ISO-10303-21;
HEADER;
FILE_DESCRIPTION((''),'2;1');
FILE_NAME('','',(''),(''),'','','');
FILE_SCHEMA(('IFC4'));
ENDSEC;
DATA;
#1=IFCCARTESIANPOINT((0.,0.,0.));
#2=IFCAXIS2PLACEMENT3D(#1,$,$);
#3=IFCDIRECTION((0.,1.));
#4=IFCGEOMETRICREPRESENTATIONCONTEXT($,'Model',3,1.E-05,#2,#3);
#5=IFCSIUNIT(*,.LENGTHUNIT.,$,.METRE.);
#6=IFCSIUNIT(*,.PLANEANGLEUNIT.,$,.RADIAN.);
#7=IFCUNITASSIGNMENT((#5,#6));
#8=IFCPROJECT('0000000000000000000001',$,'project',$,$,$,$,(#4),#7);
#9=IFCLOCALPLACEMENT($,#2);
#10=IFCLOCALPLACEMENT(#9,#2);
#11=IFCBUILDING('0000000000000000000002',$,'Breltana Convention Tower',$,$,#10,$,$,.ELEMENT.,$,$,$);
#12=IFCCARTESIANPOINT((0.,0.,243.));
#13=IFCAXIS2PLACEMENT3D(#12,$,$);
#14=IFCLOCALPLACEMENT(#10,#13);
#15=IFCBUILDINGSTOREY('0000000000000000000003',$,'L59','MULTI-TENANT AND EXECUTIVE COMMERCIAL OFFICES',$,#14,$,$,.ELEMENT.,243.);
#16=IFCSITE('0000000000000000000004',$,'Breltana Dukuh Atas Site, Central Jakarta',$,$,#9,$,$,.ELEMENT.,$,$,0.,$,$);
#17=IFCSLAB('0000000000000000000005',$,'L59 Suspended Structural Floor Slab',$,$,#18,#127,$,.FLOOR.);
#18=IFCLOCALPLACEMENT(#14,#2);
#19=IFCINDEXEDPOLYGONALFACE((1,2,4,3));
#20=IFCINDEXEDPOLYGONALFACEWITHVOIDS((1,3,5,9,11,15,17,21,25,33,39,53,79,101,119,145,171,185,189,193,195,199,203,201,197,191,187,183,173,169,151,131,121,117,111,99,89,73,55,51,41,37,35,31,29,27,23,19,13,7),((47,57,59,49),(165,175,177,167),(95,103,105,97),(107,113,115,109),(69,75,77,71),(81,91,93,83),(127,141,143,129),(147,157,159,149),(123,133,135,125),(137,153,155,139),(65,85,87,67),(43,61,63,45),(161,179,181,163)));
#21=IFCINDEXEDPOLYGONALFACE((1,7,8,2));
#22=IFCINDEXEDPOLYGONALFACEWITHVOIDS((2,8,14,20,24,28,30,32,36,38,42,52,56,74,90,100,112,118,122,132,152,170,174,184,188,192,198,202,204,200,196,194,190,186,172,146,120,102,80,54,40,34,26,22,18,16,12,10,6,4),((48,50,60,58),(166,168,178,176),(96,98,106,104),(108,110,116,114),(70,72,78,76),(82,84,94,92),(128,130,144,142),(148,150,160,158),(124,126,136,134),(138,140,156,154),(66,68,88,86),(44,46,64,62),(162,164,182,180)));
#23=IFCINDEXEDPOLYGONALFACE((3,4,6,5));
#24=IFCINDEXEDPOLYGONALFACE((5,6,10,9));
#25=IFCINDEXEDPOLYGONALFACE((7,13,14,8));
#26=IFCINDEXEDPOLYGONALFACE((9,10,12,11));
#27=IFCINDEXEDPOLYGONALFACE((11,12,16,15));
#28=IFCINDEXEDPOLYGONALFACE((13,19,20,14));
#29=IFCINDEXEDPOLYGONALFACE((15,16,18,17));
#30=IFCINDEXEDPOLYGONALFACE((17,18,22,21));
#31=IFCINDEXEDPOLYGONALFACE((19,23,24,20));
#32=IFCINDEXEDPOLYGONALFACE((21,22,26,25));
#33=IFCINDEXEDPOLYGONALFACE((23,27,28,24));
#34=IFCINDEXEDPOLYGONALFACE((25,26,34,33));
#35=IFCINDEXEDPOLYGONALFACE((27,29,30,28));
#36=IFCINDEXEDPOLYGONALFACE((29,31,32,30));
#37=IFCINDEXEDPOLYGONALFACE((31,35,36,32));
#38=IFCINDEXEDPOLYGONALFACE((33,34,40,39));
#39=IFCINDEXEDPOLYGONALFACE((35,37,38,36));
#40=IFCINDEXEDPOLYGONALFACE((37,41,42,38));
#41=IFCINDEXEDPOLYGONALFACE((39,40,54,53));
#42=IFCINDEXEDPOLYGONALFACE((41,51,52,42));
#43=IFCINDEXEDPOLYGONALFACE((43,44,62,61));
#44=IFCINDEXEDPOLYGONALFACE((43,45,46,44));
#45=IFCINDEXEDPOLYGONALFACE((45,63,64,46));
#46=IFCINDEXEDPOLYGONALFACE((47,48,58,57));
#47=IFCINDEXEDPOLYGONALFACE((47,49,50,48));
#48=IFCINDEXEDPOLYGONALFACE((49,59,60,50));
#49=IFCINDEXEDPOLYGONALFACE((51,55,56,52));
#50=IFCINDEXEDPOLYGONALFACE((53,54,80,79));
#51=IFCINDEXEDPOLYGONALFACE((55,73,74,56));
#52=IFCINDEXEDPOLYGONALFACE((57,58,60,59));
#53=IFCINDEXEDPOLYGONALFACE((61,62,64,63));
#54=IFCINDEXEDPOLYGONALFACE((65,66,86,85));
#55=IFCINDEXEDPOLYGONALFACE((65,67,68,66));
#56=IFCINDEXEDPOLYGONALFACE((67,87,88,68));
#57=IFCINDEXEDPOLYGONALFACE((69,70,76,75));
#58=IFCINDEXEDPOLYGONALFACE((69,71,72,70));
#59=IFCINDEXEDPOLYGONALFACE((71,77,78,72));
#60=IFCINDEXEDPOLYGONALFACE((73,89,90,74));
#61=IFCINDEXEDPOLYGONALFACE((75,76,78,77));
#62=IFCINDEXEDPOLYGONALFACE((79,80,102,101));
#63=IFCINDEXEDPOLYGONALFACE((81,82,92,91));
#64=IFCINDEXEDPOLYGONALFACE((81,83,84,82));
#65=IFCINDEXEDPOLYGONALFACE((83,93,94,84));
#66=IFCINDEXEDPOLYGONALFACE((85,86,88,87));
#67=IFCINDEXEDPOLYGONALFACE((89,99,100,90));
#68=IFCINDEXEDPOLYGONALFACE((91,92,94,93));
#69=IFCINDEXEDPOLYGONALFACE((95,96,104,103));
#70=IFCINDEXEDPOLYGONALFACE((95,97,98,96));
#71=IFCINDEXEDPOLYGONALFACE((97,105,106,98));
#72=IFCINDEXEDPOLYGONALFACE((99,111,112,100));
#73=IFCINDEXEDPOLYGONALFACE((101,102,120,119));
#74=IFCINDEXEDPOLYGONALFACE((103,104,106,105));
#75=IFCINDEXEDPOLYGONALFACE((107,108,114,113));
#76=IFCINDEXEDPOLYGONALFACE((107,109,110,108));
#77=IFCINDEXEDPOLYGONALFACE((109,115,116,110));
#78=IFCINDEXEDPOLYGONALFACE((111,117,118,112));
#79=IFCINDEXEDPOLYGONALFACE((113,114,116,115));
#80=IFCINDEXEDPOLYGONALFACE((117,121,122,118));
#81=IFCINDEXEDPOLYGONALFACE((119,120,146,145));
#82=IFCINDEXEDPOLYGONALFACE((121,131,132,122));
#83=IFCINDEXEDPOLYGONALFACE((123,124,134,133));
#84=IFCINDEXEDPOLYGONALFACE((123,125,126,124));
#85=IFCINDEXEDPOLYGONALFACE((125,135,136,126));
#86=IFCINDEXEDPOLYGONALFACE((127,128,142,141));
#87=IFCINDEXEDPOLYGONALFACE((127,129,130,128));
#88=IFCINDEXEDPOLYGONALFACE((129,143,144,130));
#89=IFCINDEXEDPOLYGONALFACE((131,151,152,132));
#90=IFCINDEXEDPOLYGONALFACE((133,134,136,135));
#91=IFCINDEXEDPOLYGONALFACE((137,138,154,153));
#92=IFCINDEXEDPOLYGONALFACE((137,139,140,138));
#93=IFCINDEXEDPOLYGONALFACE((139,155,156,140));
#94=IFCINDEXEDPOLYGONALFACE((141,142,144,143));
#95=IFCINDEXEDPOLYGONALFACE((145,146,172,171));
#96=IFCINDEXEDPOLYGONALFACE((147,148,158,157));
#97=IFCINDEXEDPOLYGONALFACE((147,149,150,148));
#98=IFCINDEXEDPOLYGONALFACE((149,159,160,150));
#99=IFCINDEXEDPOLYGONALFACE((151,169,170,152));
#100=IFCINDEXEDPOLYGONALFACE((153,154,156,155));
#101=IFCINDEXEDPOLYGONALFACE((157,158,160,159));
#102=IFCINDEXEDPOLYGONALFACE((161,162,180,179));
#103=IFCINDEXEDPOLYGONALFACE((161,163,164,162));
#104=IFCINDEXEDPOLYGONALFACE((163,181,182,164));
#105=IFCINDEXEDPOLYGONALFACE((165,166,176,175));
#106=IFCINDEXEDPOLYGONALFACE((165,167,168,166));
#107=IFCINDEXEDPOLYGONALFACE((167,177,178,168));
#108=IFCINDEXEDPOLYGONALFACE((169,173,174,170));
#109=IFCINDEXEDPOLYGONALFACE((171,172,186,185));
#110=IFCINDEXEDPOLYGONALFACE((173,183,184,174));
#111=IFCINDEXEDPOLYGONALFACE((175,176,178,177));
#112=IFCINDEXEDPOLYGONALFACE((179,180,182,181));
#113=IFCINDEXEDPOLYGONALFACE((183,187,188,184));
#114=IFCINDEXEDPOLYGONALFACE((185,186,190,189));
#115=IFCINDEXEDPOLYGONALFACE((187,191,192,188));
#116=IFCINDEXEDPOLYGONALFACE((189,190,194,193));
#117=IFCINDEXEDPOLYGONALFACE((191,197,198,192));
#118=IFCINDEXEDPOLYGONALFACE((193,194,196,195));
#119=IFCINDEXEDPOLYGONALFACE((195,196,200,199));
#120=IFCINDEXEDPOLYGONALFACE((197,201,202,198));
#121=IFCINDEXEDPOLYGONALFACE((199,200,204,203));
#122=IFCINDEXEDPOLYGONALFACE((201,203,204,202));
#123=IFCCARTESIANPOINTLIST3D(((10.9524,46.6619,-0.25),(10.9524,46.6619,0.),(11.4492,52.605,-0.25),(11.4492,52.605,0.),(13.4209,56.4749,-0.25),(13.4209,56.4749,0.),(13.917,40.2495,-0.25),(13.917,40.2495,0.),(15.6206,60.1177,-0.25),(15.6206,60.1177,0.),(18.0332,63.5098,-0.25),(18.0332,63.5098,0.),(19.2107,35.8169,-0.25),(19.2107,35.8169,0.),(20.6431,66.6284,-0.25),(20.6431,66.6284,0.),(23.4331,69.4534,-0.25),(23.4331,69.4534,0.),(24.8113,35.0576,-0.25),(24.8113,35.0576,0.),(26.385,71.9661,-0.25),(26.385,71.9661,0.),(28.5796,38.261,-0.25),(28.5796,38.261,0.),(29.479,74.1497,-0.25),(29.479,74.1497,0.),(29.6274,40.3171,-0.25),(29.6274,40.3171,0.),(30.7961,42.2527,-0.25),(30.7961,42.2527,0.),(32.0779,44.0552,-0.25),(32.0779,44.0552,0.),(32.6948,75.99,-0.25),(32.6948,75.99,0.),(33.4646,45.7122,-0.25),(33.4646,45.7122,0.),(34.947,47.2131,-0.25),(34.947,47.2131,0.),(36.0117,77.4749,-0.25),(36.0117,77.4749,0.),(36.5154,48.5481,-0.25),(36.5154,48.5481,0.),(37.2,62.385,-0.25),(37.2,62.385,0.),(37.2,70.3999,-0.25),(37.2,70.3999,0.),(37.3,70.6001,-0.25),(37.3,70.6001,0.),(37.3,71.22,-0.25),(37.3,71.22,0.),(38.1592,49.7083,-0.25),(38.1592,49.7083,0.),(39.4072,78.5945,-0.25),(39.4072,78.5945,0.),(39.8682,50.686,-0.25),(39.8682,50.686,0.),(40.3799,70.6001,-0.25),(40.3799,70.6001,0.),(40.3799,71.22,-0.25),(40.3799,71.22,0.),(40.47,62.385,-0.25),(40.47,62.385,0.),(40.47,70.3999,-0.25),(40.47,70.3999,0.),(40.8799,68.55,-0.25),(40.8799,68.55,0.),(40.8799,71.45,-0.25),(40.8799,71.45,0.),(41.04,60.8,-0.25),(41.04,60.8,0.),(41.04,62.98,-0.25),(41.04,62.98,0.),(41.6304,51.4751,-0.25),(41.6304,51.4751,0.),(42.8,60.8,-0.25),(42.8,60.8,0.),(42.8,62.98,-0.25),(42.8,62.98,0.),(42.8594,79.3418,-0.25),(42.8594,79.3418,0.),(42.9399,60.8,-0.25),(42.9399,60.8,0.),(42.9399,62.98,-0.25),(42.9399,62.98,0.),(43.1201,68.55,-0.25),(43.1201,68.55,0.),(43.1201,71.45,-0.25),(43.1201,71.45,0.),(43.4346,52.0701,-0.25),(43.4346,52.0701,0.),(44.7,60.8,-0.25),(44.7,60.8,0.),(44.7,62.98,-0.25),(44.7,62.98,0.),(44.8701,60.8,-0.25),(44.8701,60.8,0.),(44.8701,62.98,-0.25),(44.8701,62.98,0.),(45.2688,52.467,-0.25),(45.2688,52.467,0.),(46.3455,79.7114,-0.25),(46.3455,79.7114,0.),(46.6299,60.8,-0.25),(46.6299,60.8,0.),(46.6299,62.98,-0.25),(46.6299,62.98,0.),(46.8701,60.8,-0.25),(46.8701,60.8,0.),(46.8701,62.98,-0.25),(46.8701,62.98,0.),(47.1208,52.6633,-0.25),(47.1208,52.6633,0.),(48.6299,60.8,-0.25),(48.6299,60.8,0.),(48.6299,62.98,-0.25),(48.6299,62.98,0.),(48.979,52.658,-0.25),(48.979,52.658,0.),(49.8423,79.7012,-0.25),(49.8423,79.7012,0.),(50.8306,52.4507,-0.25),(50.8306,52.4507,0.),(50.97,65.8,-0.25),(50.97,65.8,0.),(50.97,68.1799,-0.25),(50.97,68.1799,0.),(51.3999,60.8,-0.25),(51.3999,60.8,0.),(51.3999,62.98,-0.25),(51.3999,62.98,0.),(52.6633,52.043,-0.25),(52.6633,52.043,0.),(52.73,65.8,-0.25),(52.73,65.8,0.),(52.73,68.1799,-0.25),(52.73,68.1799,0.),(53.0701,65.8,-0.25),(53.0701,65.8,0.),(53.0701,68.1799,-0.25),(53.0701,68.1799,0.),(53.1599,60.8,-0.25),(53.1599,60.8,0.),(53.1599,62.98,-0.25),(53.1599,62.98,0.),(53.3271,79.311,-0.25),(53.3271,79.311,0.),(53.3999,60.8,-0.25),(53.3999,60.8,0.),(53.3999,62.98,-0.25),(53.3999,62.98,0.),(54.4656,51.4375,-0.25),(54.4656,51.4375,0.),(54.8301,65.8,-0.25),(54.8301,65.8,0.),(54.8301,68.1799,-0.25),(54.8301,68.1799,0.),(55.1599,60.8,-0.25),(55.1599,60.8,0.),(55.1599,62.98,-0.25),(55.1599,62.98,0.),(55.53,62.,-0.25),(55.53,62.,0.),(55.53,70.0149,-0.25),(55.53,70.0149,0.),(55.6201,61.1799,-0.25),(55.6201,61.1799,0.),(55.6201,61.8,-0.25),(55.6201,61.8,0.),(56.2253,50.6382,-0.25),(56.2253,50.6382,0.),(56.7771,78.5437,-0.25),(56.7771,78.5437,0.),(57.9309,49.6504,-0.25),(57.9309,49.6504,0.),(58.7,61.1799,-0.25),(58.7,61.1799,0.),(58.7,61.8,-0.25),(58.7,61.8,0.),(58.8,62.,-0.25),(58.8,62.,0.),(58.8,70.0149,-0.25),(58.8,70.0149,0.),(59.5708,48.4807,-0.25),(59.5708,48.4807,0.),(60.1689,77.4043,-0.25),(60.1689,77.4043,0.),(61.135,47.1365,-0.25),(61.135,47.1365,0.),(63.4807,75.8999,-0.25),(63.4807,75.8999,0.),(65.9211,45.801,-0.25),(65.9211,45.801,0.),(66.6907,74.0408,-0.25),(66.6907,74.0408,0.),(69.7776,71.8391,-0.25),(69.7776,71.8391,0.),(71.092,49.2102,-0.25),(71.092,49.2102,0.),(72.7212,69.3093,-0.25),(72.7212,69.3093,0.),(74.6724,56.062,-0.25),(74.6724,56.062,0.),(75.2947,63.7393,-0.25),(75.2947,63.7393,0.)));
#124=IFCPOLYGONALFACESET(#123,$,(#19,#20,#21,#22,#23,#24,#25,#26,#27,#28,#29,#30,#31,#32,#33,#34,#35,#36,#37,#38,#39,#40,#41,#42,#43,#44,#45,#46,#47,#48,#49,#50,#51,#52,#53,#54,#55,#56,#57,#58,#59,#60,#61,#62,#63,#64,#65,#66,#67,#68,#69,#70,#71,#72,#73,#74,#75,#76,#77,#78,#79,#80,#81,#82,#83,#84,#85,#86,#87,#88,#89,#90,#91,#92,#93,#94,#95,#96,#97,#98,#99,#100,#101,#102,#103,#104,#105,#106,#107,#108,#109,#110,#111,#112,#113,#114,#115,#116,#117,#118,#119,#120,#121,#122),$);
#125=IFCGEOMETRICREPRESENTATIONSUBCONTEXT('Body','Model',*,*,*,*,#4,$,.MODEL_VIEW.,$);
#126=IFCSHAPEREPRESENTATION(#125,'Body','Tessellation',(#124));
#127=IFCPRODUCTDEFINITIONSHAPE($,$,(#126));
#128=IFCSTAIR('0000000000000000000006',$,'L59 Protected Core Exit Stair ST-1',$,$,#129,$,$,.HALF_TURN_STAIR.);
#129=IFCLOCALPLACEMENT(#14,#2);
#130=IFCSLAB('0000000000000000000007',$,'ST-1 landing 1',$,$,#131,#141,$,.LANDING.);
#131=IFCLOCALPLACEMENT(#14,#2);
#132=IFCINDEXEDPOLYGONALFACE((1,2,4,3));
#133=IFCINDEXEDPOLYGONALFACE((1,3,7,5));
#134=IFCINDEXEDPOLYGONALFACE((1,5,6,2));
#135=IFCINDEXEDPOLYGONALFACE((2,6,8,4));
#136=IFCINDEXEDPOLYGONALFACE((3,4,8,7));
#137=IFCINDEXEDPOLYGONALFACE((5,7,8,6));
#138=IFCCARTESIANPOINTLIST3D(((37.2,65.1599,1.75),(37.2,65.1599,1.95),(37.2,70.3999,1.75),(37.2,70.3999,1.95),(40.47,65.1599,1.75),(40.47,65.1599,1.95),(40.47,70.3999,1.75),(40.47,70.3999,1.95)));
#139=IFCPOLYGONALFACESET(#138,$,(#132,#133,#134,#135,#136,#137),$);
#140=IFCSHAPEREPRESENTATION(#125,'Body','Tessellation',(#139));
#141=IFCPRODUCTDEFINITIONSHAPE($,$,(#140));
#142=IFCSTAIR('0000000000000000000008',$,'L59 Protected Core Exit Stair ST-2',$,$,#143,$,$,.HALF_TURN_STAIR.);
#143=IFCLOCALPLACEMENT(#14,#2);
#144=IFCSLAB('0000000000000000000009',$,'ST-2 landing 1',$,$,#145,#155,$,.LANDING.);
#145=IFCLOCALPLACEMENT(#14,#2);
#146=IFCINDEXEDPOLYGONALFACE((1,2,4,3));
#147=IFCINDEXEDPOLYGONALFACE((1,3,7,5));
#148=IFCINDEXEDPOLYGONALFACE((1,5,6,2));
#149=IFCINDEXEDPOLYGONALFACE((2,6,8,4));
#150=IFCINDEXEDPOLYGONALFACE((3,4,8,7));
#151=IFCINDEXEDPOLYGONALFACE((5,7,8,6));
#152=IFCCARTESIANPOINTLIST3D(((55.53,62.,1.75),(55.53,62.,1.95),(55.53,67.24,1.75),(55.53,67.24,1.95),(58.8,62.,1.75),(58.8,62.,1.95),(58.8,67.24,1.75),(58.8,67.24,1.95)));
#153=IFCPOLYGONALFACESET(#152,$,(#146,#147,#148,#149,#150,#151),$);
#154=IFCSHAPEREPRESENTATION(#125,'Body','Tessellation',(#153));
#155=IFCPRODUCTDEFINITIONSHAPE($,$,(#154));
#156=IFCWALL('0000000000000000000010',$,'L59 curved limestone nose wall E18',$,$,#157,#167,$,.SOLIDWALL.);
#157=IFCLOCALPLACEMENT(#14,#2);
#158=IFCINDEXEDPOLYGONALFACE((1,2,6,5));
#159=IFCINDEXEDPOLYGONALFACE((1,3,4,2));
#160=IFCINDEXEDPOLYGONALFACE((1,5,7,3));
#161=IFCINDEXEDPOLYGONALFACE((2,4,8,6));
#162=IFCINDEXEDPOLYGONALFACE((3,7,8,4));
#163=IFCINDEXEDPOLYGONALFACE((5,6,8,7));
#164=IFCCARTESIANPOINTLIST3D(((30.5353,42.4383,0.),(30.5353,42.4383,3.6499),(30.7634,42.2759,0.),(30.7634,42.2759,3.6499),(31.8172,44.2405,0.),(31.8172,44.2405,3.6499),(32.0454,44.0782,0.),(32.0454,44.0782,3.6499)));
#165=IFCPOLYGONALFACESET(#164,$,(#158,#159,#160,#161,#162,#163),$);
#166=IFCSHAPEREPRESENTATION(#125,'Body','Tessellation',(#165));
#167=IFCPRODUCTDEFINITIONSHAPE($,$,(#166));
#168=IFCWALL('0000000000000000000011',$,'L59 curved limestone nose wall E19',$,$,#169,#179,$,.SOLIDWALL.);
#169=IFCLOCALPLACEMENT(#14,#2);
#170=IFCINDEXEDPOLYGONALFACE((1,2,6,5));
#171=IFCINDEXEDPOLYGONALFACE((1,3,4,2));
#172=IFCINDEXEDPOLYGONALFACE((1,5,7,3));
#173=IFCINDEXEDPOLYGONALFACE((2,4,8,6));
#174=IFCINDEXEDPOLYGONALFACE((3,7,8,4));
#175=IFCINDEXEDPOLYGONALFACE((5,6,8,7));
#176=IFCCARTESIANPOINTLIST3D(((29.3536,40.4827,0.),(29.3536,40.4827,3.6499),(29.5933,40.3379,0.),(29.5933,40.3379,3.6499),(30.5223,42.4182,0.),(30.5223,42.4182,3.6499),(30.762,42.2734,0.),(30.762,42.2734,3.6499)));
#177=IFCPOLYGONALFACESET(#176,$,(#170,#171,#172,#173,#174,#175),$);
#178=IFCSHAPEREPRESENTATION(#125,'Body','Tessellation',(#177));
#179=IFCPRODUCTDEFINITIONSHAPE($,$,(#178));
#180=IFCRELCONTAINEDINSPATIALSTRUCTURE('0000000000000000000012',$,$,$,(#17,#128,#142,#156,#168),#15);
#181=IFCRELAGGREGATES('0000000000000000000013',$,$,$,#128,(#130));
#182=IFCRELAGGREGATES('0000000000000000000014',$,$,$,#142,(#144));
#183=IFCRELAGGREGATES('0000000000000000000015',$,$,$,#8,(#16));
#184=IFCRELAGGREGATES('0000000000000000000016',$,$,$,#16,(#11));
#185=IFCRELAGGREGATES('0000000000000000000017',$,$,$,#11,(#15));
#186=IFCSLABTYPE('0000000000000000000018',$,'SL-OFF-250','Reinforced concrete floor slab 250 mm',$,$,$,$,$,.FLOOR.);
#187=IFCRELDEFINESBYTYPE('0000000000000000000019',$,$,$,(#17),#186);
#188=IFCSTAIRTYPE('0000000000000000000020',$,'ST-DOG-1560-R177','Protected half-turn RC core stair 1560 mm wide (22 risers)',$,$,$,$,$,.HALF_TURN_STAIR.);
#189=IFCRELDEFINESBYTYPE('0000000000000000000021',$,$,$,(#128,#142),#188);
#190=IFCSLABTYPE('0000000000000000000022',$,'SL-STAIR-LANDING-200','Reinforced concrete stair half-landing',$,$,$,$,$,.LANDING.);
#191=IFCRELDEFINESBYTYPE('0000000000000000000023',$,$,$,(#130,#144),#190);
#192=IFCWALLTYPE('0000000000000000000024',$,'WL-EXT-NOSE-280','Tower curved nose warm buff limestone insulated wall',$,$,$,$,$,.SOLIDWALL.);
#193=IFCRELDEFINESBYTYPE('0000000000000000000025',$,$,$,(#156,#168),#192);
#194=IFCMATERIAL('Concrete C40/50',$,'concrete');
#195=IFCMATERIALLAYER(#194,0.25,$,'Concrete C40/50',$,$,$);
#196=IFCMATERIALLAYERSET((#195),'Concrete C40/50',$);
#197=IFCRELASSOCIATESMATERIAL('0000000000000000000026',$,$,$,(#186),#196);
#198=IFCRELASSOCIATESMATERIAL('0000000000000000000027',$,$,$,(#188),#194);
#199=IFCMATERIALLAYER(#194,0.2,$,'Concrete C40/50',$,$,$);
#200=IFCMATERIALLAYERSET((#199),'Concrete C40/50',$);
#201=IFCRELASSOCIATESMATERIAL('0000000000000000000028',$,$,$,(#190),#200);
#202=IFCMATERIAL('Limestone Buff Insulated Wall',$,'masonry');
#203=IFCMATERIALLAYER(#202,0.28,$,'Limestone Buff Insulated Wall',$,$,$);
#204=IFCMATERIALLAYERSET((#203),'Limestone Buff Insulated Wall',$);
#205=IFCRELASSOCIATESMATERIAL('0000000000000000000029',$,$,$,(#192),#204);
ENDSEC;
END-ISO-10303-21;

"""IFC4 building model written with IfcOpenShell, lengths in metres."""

from ifc_helpers import new_model, si_unit, direction, frame, frame_2d, origin, place, context, subcontext, project, spatial, polyline, rectangle, outline, extrude, source, transform, mapped, material, layer, layer_set, type_object, element, aggregate, save


model = new_model("IFC4")

# Units and contexts
model_context = context("Model", 3, precision=1e-05, world=origin(), true_north=direction((0.0, 1.0)))
body_context = subcontext(model_context, "Body", "Model", "MODEL_VIEW")
ifc_project = project(units=[si_unit("LENGTHUNIT", "METRE"), si_unit("PLANEANGLEUNIT", "RADIAN")], contexts=[model_context])

# Site, building, storey
site_placement = place(None, origin())
site = spatial("IfcSite", under=ifc_project, at=site_placement, Name="Breltana Dukuh Atas Site, Central Jakarta", CompositionType="ELEMENT", RefElevation=0.0)
building_placement = place(site_placement, origin())
building = spatial("IfcBuilding", under=site, at=building_placement, Name="Breltana Convention Tower", CompositionType="ELEMENT")
storey_placement = place(building_placement, frame((0.0, 0.0, 243.0)))
storey = spatial("IfcBuildingStorey", under=building, at=storey_placement, Name="L59", Description="MULTI-TENANT AND EXECUTIVE COMMERCIAL OFFICES", CompositionType="ELEMENT", Elevation=243.0)

# Slab
ifc_material_1 = material(Name="Concrete C40/50", Category="concrete")
ifc_layer_1 = layer(ifc_material_1, 0.25, Name="Concrete C40/50")
ifc_layer_set_1 = layer_set([ifc_layer_1], Name="Concrete C40/50")
slab_type_1 = type_object("IfcSlabType", Name="SL-OFF-250", Description="Reinforced concrete floor slab 250 mm", PredefinedType="FLOOR", material=ifc_layer_set_1)
slab_1_placement = place(storey_placement, frame((0.0, 0.0, -0.25)))
element("IfcSlab", 1, at=slab_1_placement, inside=storey, type_object=slab_type_1, Name="L59 Suspended Structural Floor Slab", PredefinedType="FLOOR", context=body_context, shape_type="SweptSolid", body=[
    extrude(outline(polyline([(72.7212, 69.3093), (69.7776, 71.8391), (66.6907, 74.0408), (63.4807, 75.8999), (60.1689, 77.4043), (56.7771, 78.5437), (53.3271, 79.311), (49.8423, 79.7012), (46.3455, 79.7114), (42.8594, 79.3418), (39.4072, 78.5945), (36.0117, 77.4749), (32.6948, 75.99), (29.479, 74.1497), (26.385, 71.9661), (23.4331, 69.4534), (20.6431, 66.6284), (18.0332, 63.5098), (15.6206, 60.1177), (13.4209, 56.4749), (11.4492, 52.605), (10.9524, 46.6619), (13.917, 40.2495), (19.2107, 35.8169), (24.8113, 35.0576), (28.5796, 38.261), (29.6274, 40.3171), (30.7961, 42.2527), (32.0779, 44.0552), (33.4646, 45.7122), (34.947, 47.2131), (36.5154, 48.5481), (38.1592, 49.7083), (39.8682, 50.686), (41.6304, 51.4751), (43.4346, 52.0701), (45.2688, 52.467), (47.1208, 52.6633), (48.979, 52.658), (50.8306, 52.4507), (52.6633, 52.043), (54.4656, 51.4375), (56.2253, 50.6382), (57.9309, 49.6504), (59.5708, 48.4807), (61.135, 47.1365), (65.9211, 45.801), (71.092, 49.2102), (74.6724, 56.062), (75.2947, 63.7393), (72.7212, 69.3093)]), holes=[polyline([(37.2, 62.385), (40.47, 62.385), (40.47, 70.3999), (37.2, 70.3999), (37.2, 62.385)]), polyline([(55.53, 62.0), (58.8, 62.0), (58.8, 70.0149), (55.53, 70.0149), (55.53, 62.0)]), polyline([(41.04, 60.8), (42.8, 60.8), (42.8, 62.98), (41.04, 62.98), (41.04, 60.8)]), polyline([(42.9399, 60.8), (44.7, 60.8), (44.7, 62.98), (42.9399, 62.98), (42.9399, 60.8)]), polyline([(44.8701, 60.8), (46.6299, 60.8), (46.6299, 62.98), (44.8701, 62.98), (44.8701, 60.8)]), polyline([(46.8701, 60.8), (48.6299, 60.8), (48.6299, 62.98), (46.8701, 62.98), (46.8701, 60.8)]), polyline([(51.3999, 60.8), (53.1599, 60.8), (53.1599, 62.98), (51.3999, 62.98), (51.3999, 60.8)]), polyline([(53.3999, 60.8), (55.1599, 60.8), (55.1599, 62.98), (53.3999, 62.98), (53.3999, 60.8)]), polyline([(50.97, 65.8), (52.73, 65.8), (52.73, 68.1799), (50.97, 68.1799), (50.97, 65.8)]), polyline([(53.0701, 65.8), (54.8301, 65.8), (54.8301, 68.1799), (53.0701, 68.1799), (53.0701, 65.8)]), polyline([(40.8799, 68.55), (43.1201, 68.55), (43.1201, 71.45), (40.8799, 71.45), (40.8799, 68.55)]), polyline([(37.3, 70.6001), (40.3799, 70.6001), (40.3799, 71.22), (37.3, 71.22), (37.3, 70.6001)]), polyline([(55.6201, 61.1799), (58.7, 61.1799), (58.7, 61.8), (55.6201, 61.8), (55.6201, 61.1799)])]), origin(), (0.0, 0.0, 1.0), 0.25),
])

# Stairs, slabs
stair_type = type_object("IfcStairType", Name="ST-DOG-1560-R177", Description="Protected half-turn RC core stair 1560 mm wide (22 risers)", PredefinedType="HALF_TURN_STAIR", material=ifc_material_1)
stair_1_placement = place(storey_placement, origin())
stair_1 = element("IfcStair", 2, at=stair_1_placement, inside=storey, type_object=stair_type, Name="L59 Protected Core Exit Stair ST-1", PredefinedType="HALF_TURN_STAIR")
ifc_layer_2 = layer(ifc_material_1, 0.2, Name="Concrete C40/50")
ifc_layer_set_2 = layer_set([ifc_layer_2], Name="Concrete C40/50")
slab_type_2 = type_object("IfcSlabType", Name="SL-STAIR-LANDING-200", Description="Reinforced concrete stair half-landing", PredefinedType="LANDING", material=ifc_layer_set_2)
slab_2_placement = place(storey_placement, frame((0.0, 0.0, 1.75)))
slab_2 = element("IfcSlab", 3, at=slab_2_placement, type_object=slab_type_2, Name="ST-1 landing 1", PredefinedType="LANDING", context=body_context, shape_type="SweptSolid", body=[
    extrude(outline(polyline([(40.47, 65.1599), (40.47, 70.3999), (37.2, 70.3999), (37.2, 65.1599), (40.47, 65.1599)])), origin(), (0.0, 0.0, 1.0), 0.2),
])
aggregate(stair_1, [slab_2])
stair_2_placement = place(storey_placement, origin())
stair_2 = element("IfcStair", 4, at=stair_2_placement, inside=storey, type_object=stair_type, Name="L59 Protected Core Exit Stair ST-2", PredefinedType="HALF_TURN_STAIR")
slab_3_placement = place(storey_placement, frame((0.0, 0.0, 1.75)))
slab_3 = element("IfcSlab", 5, at=slab_3_placement, type_object=slab_type_2, Name="ST-2 landing 1", PredefinedType="LANDING", context=body_context, shape_type="SweptSolid", body=[
    extrude(outline(polyline([(55.53, 67.24), (55.53, 62.0), (58.8, 62.0), (58.8, 67.24), (55.53, 67.24)])), origin(), (0.0, 0.0, 1.0), 0.2),
])
aggregate(stair_2, [slab_3])

# Walls
ifc_material_2 = material(Name="Limestone Buff Insulated Wall", Category="masonry")
ifc_layer_3 = layer(ifc_material_2, 0.28, Name="Limestone Buff Insulated Wall")
ifc_layer_set_3 = layer_set([ifc_layer_3], Name="Limestone Buff Insulated Wall")
wall_type = type_object("IfcWallType", Name="WL-EXT-NOSE-280", Description="Tower curved nose warm buff limestone insulated wall", PredefinedType="SOLIDWALL", material=ifc_layer_set_3)
shared_shape_1 = source(origin(), body_context, "Body", "SweptSolid", [
    extrude(rectangle(XDim=2.2117, YDim=0.28, at=frame_2d((1.106, 0.0))), origin(), (0.0, 0.0, 1.0), 3.6499),
])
wall_1_placement = place(storey_placement, frame((31.9314, 44.1594, 0.0), z_axis=(0.0, 0.0, 1.0), x_axis=(-0.579639, -0.814873, 0.0)))
element("IfcWall", 6, at=wall_1_placement, inside=storey, type_object=wall_type, Name="L59 curved limestone nose wall E18", PredefinedType="SOLIDWALL", context=body_context, shape_type="MappedRepresentation", body=[
    mapped(shared_shape_1, transform((0.0, 0.0, 0.0), scale=1.0)),
])
shared_shape_2 = source(origin(), body_context, "Body", "SweptSolid", [
    extrude(rectangle(XDim=2.261, YDim=0.28, at=frame_2d((1.1304, 0.0))), origin(), (0.0, 0.0, 1.0), 3.6499),
])
wall_2_placement = place(storey_placement, frame((30.6421, 42.3457, 0.0), z_axis=(0.0, 0.0, 1.0), x_axis=(-0.516891, -0.856051, 0.0)))
element("IfcWall", 7, at=wall_2_placement, inside=storey, type_object=wall_type, Name="L59 curved limestone nose wall E19", PredefinedType="SOLIDWALL", context=body_context, shape_type="MappedRepresentation", body=[
    mapped(shared_shape_2, transform((0.0, 0.0, 0.0), scale=1.0)),
])

save(model, "model.ifc")
